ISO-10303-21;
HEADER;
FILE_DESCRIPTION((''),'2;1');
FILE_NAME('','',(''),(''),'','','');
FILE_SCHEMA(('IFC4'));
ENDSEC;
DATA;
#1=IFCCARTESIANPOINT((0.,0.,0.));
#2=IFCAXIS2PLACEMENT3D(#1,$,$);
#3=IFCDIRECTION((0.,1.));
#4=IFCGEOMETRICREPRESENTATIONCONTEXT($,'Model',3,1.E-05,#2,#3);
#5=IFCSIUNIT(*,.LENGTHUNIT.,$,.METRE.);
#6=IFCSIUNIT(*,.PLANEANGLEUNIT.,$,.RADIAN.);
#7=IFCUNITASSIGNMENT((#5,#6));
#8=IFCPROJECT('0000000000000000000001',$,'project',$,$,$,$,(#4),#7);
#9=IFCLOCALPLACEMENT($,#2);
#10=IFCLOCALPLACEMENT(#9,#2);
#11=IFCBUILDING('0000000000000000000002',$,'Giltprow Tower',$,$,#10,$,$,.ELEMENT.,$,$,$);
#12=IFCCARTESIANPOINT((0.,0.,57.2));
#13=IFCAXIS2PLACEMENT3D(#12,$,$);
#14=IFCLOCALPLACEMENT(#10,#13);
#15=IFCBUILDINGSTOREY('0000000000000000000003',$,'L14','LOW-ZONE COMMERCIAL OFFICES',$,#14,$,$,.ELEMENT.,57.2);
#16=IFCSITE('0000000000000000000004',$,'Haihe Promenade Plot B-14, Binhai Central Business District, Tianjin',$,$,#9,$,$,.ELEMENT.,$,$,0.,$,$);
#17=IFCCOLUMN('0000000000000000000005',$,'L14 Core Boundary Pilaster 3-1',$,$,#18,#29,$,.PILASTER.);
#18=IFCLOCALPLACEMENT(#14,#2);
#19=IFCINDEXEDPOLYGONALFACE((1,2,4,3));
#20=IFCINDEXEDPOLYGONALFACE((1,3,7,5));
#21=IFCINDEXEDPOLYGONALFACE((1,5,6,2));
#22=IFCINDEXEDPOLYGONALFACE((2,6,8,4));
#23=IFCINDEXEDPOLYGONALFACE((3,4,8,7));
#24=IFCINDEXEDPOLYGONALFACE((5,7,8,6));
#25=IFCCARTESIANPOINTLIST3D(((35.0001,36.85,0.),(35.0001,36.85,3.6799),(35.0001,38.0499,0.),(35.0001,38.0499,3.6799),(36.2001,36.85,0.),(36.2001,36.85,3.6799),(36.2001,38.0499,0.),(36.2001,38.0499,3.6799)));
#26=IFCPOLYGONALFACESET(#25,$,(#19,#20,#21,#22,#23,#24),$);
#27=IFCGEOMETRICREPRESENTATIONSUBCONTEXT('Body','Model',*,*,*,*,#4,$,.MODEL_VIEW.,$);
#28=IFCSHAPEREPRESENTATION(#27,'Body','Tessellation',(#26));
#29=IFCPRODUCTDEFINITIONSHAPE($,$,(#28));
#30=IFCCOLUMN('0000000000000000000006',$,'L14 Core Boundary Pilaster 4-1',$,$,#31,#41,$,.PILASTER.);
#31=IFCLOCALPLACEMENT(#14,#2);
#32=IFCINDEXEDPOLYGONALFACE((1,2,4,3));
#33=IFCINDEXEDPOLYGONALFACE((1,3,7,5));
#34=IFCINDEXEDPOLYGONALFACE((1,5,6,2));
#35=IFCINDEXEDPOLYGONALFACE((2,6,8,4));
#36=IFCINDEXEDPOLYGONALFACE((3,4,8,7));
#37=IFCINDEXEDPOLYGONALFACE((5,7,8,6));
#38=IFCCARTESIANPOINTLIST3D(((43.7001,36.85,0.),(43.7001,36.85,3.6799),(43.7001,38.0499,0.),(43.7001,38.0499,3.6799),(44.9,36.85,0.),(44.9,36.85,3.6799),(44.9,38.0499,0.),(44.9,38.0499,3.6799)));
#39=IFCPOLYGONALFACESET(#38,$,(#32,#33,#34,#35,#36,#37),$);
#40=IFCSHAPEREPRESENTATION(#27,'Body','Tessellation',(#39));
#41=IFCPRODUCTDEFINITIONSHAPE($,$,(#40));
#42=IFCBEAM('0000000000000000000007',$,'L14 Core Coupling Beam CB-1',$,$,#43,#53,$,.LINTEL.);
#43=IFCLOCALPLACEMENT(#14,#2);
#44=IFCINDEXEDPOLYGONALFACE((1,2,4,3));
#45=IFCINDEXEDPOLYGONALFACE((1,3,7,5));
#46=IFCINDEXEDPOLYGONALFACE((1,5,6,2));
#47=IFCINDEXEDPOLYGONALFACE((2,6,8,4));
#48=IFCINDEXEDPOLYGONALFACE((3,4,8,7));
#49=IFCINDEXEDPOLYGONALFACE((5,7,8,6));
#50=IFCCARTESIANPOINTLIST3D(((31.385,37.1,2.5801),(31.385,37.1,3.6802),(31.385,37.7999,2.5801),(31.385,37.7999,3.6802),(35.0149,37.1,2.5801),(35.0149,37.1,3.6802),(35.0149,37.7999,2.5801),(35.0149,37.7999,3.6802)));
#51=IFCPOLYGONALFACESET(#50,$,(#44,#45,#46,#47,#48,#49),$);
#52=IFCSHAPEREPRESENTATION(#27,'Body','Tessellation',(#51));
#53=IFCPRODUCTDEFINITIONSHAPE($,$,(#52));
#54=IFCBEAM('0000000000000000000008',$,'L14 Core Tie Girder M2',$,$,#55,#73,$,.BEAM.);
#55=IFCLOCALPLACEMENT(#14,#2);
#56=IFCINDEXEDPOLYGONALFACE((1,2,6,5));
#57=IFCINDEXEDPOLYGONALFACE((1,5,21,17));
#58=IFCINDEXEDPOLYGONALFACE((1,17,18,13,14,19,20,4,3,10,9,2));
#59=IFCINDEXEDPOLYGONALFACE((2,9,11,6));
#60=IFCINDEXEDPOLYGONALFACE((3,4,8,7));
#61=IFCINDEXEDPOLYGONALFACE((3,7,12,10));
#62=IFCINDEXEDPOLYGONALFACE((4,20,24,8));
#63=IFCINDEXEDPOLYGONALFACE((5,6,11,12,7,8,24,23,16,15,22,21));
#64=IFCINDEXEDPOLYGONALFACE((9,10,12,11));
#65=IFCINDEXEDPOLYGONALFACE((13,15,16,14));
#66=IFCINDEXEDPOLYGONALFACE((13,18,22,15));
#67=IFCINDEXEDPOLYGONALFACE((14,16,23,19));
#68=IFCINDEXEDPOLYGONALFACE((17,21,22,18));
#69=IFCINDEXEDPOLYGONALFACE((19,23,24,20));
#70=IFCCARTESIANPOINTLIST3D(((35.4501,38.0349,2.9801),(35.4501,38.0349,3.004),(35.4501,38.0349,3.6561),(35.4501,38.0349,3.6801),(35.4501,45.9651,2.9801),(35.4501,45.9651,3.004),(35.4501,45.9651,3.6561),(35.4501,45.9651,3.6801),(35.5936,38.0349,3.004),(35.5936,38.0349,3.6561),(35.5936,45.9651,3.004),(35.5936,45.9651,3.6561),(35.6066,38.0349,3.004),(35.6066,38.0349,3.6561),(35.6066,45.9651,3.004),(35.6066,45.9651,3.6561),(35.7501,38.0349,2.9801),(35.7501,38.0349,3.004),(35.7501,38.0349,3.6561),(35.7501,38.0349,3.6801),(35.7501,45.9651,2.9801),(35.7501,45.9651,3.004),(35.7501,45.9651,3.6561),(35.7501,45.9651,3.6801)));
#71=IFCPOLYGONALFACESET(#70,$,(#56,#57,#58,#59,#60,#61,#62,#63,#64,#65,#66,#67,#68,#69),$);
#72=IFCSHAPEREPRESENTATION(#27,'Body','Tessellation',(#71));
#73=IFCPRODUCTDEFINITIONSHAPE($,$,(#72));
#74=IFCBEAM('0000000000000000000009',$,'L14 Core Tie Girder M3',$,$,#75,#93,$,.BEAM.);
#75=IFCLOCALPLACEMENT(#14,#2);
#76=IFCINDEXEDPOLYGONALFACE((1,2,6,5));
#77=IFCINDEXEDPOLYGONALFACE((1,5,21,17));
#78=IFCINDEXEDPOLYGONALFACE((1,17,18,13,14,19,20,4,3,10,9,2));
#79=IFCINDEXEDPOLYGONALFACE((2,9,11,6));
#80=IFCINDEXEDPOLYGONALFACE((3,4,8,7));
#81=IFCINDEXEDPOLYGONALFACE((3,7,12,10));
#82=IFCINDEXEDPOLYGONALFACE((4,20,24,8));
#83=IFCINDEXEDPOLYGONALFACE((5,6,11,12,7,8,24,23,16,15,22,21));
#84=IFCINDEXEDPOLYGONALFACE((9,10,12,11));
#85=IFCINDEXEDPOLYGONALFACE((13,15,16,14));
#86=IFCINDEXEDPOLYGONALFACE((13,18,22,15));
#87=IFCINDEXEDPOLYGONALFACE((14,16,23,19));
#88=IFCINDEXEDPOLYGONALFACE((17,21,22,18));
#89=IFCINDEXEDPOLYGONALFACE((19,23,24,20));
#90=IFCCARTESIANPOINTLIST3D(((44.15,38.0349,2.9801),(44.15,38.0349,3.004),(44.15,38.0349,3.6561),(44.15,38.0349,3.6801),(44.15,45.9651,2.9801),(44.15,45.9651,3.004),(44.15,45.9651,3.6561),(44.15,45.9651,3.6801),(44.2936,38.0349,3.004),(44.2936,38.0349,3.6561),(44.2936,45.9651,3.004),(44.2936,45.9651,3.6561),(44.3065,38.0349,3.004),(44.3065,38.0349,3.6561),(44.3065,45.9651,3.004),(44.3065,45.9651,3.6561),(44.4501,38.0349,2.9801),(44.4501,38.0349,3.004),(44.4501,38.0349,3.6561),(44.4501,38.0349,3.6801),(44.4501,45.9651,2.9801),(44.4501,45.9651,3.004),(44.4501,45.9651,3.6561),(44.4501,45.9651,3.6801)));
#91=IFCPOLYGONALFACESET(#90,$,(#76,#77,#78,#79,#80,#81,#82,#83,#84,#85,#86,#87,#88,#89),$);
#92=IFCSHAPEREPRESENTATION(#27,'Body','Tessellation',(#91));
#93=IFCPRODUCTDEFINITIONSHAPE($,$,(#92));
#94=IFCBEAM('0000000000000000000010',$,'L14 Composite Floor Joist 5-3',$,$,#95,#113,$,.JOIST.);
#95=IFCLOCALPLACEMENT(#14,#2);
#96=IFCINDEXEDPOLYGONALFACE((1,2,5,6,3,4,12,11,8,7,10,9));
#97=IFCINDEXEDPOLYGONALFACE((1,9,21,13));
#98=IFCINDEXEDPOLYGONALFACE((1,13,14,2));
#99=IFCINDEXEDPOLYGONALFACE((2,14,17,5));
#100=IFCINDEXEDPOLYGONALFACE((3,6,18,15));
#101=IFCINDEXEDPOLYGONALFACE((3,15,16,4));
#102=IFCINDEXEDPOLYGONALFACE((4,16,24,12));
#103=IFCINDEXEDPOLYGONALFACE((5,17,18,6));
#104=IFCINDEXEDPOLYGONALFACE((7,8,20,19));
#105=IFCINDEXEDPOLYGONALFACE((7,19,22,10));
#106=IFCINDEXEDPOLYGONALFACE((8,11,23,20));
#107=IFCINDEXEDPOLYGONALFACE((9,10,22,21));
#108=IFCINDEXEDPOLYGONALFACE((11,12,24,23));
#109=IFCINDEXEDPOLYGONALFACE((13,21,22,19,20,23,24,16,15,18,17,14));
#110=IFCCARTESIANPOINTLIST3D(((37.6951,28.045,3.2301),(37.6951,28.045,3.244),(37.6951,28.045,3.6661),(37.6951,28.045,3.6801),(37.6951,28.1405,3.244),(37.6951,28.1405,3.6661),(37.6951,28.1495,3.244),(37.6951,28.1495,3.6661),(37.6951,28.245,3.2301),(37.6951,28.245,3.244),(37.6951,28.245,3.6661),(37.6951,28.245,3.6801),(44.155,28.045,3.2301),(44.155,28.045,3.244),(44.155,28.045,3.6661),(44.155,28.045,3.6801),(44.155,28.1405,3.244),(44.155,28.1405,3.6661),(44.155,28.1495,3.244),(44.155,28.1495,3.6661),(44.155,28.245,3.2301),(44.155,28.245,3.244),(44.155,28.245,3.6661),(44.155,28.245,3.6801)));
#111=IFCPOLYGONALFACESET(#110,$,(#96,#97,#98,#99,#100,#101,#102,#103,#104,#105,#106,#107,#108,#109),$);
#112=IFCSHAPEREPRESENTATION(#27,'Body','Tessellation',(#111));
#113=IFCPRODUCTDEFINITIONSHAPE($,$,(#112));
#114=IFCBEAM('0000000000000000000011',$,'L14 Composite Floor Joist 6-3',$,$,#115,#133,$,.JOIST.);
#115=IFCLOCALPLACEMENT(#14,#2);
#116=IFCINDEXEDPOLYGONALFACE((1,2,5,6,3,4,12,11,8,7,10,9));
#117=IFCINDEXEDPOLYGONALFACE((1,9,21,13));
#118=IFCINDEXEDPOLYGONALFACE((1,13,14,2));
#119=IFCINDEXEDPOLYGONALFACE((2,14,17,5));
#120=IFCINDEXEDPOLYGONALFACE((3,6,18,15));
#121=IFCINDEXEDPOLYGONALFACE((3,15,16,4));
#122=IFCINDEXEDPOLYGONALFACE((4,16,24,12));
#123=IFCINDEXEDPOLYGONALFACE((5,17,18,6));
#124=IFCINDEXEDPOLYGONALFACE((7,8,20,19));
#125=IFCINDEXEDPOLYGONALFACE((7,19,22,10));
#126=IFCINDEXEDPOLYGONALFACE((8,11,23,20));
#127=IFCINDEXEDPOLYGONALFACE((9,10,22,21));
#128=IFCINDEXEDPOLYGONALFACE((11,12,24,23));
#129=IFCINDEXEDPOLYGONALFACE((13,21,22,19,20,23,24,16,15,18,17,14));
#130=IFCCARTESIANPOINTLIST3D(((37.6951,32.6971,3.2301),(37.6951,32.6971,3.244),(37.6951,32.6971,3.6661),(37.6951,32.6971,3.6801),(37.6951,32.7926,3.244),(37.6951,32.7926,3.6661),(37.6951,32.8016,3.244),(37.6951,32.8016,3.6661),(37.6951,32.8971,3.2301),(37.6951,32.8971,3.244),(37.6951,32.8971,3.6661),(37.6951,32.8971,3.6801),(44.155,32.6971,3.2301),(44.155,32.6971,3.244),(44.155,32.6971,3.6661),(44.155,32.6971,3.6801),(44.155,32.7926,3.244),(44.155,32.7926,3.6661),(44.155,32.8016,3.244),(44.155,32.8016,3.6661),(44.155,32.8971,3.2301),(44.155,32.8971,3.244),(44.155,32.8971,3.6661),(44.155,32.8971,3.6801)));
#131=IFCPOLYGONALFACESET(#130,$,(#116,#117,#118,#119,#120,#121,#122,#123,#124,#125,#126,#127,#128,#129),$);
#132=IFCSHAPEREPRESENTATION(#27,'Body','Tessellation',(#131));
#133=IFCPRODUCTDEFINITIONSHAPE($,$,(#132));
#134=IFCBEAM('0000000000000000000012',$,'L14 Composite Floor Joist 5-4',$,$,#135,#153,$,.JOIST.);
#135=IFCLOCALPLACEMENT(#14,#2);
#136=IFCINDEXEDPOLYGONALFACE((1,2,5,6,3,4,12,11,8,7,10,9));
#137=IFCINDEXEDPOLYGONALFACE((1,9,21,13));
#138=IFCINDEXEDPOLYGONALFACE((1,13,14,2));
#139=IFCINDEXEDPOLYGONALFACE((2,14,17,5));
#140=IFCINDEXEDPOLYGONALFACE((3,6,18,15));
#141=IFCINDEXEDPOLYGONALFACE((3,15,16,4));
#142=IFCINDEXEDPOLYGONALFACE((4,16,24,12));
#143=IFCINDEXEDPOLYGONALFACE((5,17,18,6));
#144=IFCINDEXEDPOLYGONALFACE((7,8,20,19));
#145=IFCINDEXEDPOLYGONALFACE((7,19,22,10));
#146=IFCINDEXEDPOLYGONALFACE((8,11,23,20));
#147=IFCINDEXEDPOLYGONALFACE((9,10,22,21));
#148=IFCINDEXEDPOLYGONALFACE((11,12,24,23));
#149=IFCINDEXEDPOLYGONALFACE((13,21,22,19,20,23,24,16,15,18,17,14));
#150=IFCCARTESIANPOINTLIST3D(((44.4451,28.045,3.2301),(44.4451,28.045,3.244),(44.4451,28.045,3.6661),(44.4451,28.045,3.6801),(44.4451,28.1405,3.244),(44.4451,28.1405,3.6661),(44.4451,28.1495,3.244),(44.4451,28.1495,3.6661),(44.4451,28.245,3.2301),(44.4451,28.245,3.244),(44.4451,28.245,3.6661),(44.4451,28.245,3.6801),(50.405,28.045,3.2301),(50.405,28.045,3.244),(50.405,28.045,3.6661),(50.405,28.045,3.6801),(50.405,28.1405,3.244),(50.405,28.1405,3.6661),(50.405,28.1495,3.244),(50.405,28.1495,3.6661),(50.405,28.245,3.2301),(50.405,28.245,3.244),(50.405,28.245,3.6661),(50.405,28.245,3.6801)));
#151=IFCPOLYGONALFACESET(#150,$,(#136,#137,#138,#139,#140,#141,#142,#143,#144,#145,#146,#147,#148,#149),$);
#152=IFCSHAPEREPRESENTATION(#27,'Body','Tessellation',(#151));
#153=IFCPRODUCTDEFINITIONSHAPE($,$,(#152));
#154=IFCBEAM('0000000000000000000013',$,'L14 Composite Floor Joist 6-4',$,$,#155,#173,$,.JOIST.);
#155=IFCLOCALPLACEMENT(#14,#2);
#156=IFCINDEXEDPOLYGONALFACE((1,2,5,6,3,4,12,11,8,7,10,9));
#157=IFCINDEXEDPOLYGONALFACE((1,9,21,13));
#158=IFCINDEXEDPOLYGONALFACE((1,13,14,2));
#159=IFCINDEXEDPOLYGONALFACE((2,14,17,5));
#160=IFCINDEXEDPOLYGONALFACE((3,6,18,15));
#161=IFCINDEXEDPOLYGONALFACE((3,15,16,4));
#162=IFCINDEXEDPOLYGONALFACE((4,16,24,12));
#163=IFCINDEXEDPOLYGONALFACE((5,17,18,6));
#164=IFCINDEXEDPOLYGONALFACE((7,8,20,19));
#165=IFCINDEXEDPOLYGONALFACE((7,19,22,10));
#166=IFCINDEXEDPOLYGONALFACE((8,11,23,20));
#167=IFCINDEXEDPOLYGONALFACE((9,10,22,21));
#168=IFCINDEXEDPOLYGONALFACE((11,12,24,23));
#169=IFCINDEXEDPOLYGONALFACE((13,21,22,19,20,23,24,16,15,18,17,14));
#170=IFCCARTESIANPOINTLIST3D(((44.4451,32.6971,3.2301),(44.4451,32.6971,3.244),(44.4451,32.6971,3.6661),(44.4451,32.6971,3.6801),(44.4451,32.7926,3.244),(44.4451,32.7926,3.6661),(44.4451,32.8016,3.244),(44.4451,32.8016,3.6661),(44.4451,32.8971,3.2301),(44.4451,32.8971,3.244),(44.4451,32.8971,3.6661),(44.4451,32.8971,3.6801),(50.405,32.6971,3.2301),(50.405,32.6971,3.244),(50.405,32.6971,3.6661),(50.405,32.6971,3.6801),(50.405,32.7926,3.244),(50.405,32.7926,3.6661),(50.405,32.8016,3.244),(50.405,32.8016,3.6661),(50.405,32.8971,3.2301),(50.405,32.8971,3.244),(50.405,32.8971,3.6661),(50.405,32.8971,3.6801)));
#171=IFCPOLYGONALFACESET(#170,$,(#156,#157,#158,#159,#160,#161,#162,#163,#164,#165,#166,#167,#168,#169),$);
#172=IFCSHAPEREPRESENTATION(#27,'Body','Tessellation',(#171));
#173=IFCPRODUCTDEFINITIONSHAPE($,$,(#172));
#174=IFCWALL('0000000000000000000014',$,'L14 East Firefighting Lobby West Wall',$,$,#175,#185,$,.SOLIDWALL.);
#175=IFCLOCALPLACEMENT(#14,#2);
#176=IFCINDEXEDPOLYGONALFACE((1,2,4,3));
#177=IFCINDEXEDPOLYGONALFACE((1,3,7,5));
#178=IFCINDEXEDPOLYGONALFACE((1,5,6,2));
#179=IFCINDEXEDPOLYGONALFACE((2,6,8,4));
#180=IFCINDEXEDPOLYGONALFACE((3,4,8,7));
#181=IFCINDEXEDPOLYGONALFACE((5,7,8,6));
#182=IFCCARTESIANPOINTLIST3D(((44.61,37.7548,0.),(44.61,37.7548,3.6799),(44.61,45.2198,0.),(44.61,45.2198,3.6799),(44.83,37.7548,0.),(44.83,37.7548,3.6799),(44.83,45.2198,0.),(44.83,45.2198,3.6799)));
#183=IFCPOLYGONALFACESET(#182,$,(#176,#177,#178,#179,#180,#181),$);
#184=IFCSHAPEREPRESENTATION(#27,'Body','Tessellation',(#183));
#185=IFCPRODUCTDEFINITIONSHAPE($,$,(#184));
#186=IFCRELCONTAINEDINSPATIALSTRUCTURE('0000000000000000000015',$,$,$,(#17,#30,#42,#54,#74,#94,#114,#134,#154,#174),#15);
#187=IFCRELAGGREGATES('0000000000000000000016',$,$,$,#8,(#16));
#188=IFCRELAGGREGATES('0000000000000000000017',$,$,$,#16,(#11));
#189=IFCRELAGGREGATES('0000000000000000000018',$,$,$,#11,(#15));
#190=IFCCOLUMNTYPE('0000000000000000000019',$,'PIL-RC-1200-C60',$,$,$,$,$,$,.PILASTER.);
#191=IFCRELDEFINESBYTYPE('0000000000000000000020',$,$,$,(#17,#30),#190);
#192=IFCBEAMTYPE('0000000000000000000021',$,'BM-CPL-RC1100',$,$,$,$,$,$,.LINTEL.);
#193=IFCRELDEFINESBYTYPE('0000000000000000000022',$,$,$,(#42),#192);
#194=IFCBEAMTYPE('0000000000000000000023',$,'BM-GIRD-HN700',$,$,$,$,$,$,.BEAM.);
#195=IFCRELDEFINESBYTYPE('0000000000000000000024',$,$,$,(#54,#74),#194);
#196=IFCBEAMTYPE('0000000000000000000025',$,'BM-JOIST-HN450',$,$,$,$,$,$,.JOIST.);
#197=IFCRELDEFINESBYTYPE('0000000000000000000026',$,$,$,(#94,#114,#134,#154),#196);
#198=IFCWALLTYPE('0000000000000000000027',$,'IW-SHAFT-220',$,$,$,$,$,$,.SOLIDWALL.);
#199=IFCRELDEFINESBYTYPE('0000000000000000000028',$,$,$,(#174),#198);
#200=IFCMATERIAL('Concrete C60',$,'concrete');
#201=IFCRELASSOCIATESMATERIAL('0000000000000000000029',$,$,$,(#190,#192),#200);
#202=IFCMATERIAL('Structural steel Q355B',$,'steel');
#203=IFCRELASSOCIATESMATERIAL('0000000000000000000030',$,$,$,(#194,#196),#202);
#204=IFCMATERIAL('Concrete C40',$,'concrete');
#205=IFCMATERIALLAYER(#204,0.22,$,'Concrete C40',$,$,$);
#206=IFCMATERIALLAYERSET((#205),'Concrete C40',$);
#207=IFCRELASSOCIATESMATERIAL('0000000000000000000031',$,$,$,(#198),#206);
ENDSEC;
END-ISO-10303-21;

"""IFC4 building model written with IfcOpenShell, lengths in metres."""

from ifc_helpers import new_model, si_unit, direction, frame, frame_2d, origin, origin_2d, place, context, subcontext, project, spatial, rectangle, i_section, extrude, source, transform, mapped, material, layer, layer_set, material_profile, profile_set, type_object, element, save


model = new_model("IFC4")

# Units and contexts
model_context = context("Model", 3, precision=1e-05, world=origin(), true_north=direction((0.0, 1.0)))
body_context = subcontext(model_context, "Body", "Model", "MODEL_VIEW")
ifc_project = project(units=[si_unit("LENGTHUNIT", "METRE"), si_unit("PLANEANGLEUNIT", "RADIAN")], contexts=[model_context])

# Site, building, storey
site_placement = place(None, origin())
site = spatial("IfcSite", under=ifc_project, at=site_placement, Name="Haihe Promenade Plot B-14, Binhai Central Business District, Tianjin", CompositionType="ELEMENT", RefElevation=0.0)
building_placement = place(site_placement, origin())
building = spatial("IfcBuilding", under=site, at=building_placement, Name="Giltprow Tower", CompositionType="ELEMENT")
storey_placement = place(building_placement, frame((0.0, 0.0, 57.2)))
storey = spatial("IfcBuildingStorey", under=building, at=storey_placement, Name="L14", Description="LOW-ZONE COMMERCIAL OFFICES", CompositionType="ELEMENT", Elevation=57.2)

# Columns
ifc_material_1 = material(Name="Concrete C60", Category="concrete")
ifc_material_profile_1 = material_profile(ifc_material_1, rectangle(XDim=1.2, YDim=1.2, at=origin_2d()), Name="RC 1200x1200")
ifc_profile_set_1 = profile_set([ifc_material_profile_1], Name="Concrete C60")
column_type = type_object("IfcColumnType", Name="PIL-RC-1200-C60", PredefinedType="PILASTER", material=ifc_profile_set_1)
shared_shape_1 = source(origin(), body_context, "Body", "SweptSolid", [
    extrude(rectangle(XDim=1.2, YDim=1.2, at=origin_2d()), origin(), (0.0, 0.0, 1.0), 3.6799),
])
for number, where, z_axis, x_axis, name in (
    (1, (35.6001, 37.45, 0.0), (0.0, 0.0, 1.0), (1.0, 0.0, 0.0), "L14 Core Boundary Pilaster 3-1"),
    (2, (44.3, 37.45, 0.0), (0.0, 0.0, 1.0), (1.0, 0.0, 0.0), "L14 Core Boundary Pilaster 4-1"),
):
    element("IfcColumn", number, at=place(storey_placement, frame(where, z_axis=z_axis, x_axis=x_axis)), inside=storey, type_object=column_type, Name=name, PredefinedType="PILASTER", context=body_context, shape_type="MappedRepresentation", body=[
        mapped(shared_shape_1, transform((0.0, 0.0, 0.0), x_axis=(1.0, 0.0, 0.0), y_axis=(0.0, 1.0, 0.0), z_axis=(0.0, 0.0, 1.0), scale=1.0)),
    ])

# Beams
ifc_material_profile_2 = material_profile(ifc_material_1, rectangle(XDim=0.7, YDim=1.1001, at=origin_2d()), Name="RC 1100x700")
ifc_profile_set_2 = profile_set([ifc_material_profile_2], Name="Concrete C60")
beam_type_1 = type_object("IfcBeamType", Name="BM-CPL-RC1100", PredefinedType="LINTEL", material=ifc_profile_set_2)
shared_shape_2 = source(origin(), body_context, "Body", "SweptSolid", [
    extrude(rectangle(XDim=0.7, YDim=1.1001, at=origin_2d()), origin(), (0.0, 0.0, 1.0), 3.6299),
])
beam_placement = place(storey_placement, frame((31.385, 37.45, 3.1301), z_axis=(1.0, 0.0, 0.0), x_axis=(0.0, 1.0, 0.0)))
element("IfcBeam", 3, at=beam_placement, inside=storey, type_object=beam_type_1, Name="L14 Core Coupling Beam CB-1", PredefinedType="LINTEL", context=body_context, shape_type="MappedRepresentation", body=[
    mapped(shared_shape_2, transform((0.0, 0.0, 0.0), x_axis=(1.0, 0.0, 0.0), y_axis=(0.0, 1.0, 0.0), z_axis=(0.0, 0.0, 1.0), scale=1.0)),
])
ifc_material_2 = material(Name="Structural steel Q355B", Category="steel")
ifc_material_profile_3 = material_profile(ifc_material_2, i_section(OverallWidth=0.3, OverallDepth=0.7, WebThickness=0.0129, FlangeThickness=0.0239, at=origin_2d()), Name="HN 700x300x13x24")
ifc_profile_set_3 = profile_set([ifc_material_profile_3], Name="Structural steel Q355B")
beam_type_2 = type_object("IfcBeamType", Name="BM-GIRD-HN700", PredefinedType="BEAM", material=ifc_profile_set_3)
shared_shape_3 = source(origin(), body_context, "Body", "SweptSolid", [
    extrude(i_section(OverallWidth=0.3, OverallDepth=0.7, WebThickness=0.0129, FlangeThickness=0.0239, at=origin_2d()), origin(), (0.0, 0.0, 1.0), 7.9302),
])
for number, where, z_axis, x_axis, name in (
    (4, (35.6001, 38.0349, 3.3301), (0.0, 1.0, 0.0), (-1.0, 0.0, 0.0), "L14 Core Tie Girder M2"),
    (5, (44.3, 38.0349, 3.3301), (0.0, 1.0, 0.0), (-1.0, 0.0, 0.0), "L14 Core Tie Girder M3"),
):
    element("IfcBeam", number, at=place(storey_placement, frame(where, z_axis=z_axis, x_axis=x_axis)), inside=storey, type_object=beam_type_2, Name=name, PredefinedType="BEAM", context=body_context, shape_type="MappedRepresentation", body=[
        mapped(shared_shape_3, transform((0.0, 0.0, 0.0), x_axis=(1.0, 0.0, 0.0), y_axis=(0.0, 1.0, 0.0), z_axis=(0.0, 0.0, 1.0), scale=1.0)),
    ])
ifc_material_profile_4 = material_profile(ifc_material_2, i_section(OverallWidth=0.2, OverallDepth=0.45, WebThickness=0.009, FlangeThickness=0.0139, at=origin_2d()), Name="HN 450x200x9x14")
ifc_profile_set_4 = profile_set([ifc_material_profile_4], Name="Structural steel Q355B")
beam_type_3 = type_object("IfcBeamType", Name="BM-JOIST-HN450", PredefinedType="JOIST", material=ifc_profile_set_4)
shared_shape_4 = source(origin(), body_context, "Body", "SweptSolid", [
    extrude(i_section(OverallWidth=0.2, OverallDepth=0.45, WebThickness=0.009, FlangeThickness=0.0139, at=origin_2d()), origin(), (0.0, 0.0, 1.0), 6.46),
])
for number, where, z_axis, x_axis, name in (
    (6, (37.6951, 28.145, 3.4551), (1.0, 0.0, 0.0), (0.0, 1.0, 0.0), "L14 Composite Floor Joist 5-3"),
    (7, (37.6951, 32.7971, 3.4551), (1.0, 0.0, 0.0), (0.0, 1.0, 0.0), "L14 Composite Floor Joist 6-3"),
):
    element("IfcBeam", number, at=place(storey_placement, frame(where, z_axis=z_axis, x_axis=x_axis)), inside=storey, type_object=beam_type_3, Name=name, PredefinedType="JOIST", context=body_context, shape_type="MappedRepresentation", body=[
        mapped(shared_shape_4, transform((0.0, 0.0, 0.0), x_axis=(1.0, 0.0, 0.0), y_axis=(0.0, 1.0, 0.0), z_axis=(0.0, 0.0, 1.0), scale=1.0)),
    ])
shared_shape_5 = source(origin(), body_context, "Body", "SweptSolid", [
    extrude(i_section(OverallWidth=0.2, OverallDepth=0.45, WebThickness=0.009, FlangeThickness=0.0139, at=origin_2d()), origin(), (0.0, 0.0, 1.0), 5.96),
])
for number, where, z_axis, x_axis, name in (
    (8, (44.4451, 28.145, 3.4551), (1.0, 0.0, 0.0), (0.0, 1.0, 0.0), "L14 Composite Floor Joist 5-4"),
    (9, (44.4451, 32.7971, 3.4551), (1.0, 0.0, 0.0), (0.0, 1.0, 0.0), "L14 Composite Floor Joist 6-4"),
):
    element("IfcBeam", number, at=place(storey_placement, frame(where, z_axis=z_axis, x_axis=x_axis)), inside=storey, type_object=beam_type_3, Name=name, PredefinedType="JOIST", context=body_context, shape_type="MappedRepresentation", body=[
        mapped(shared_shape_5, transform((0.0, 0.0, 0.0), x_axis=(1.0, 0.0, 0.0), y_axis=(0.0, 1.0, 0.0), z_axis=(0.0, 0.0, 1.0), scale=1.0)),
    ])

# Wall
ifc_material_3 = material(Name="Concrete C40", Category="concrete")
ifc_layer_1 = layer(ifc_material_3, 0.22, Name="Concrete C40")
ifc_layer_set_1 = layer_set([ifc_layer_1], Name="Concrete C40")
wall_type_1 = type_object("IfcWallType", Name="IW-SHAFT-220", PredefinedType="SOLIDWALL", material=ifc_layer_set_1)
wall_1_placement = place(storey_placement, frame((44.72, 37.7549, 0.0), z_axis=(0.0, 0.0, 1.0), x_axis=(0.0, 1.0, 0.0)))
element("IfcWall", 10, at=wall_1_placement, inside=storey, type_object=wall_type_1, Name="L14 East Firefighting Lobby West Wall", PredefinedType="SOLIDWALL", context=body_context, shape_type="SweptSolid", body=[
    extrude(rectangle(XDim=7.4651, YDim=0.22, at=frame_2d((3.7324, 0.0))), origin(), (0.0, 0.0, 1.0), 3.6799),
])

save(model, "model.ifc")
